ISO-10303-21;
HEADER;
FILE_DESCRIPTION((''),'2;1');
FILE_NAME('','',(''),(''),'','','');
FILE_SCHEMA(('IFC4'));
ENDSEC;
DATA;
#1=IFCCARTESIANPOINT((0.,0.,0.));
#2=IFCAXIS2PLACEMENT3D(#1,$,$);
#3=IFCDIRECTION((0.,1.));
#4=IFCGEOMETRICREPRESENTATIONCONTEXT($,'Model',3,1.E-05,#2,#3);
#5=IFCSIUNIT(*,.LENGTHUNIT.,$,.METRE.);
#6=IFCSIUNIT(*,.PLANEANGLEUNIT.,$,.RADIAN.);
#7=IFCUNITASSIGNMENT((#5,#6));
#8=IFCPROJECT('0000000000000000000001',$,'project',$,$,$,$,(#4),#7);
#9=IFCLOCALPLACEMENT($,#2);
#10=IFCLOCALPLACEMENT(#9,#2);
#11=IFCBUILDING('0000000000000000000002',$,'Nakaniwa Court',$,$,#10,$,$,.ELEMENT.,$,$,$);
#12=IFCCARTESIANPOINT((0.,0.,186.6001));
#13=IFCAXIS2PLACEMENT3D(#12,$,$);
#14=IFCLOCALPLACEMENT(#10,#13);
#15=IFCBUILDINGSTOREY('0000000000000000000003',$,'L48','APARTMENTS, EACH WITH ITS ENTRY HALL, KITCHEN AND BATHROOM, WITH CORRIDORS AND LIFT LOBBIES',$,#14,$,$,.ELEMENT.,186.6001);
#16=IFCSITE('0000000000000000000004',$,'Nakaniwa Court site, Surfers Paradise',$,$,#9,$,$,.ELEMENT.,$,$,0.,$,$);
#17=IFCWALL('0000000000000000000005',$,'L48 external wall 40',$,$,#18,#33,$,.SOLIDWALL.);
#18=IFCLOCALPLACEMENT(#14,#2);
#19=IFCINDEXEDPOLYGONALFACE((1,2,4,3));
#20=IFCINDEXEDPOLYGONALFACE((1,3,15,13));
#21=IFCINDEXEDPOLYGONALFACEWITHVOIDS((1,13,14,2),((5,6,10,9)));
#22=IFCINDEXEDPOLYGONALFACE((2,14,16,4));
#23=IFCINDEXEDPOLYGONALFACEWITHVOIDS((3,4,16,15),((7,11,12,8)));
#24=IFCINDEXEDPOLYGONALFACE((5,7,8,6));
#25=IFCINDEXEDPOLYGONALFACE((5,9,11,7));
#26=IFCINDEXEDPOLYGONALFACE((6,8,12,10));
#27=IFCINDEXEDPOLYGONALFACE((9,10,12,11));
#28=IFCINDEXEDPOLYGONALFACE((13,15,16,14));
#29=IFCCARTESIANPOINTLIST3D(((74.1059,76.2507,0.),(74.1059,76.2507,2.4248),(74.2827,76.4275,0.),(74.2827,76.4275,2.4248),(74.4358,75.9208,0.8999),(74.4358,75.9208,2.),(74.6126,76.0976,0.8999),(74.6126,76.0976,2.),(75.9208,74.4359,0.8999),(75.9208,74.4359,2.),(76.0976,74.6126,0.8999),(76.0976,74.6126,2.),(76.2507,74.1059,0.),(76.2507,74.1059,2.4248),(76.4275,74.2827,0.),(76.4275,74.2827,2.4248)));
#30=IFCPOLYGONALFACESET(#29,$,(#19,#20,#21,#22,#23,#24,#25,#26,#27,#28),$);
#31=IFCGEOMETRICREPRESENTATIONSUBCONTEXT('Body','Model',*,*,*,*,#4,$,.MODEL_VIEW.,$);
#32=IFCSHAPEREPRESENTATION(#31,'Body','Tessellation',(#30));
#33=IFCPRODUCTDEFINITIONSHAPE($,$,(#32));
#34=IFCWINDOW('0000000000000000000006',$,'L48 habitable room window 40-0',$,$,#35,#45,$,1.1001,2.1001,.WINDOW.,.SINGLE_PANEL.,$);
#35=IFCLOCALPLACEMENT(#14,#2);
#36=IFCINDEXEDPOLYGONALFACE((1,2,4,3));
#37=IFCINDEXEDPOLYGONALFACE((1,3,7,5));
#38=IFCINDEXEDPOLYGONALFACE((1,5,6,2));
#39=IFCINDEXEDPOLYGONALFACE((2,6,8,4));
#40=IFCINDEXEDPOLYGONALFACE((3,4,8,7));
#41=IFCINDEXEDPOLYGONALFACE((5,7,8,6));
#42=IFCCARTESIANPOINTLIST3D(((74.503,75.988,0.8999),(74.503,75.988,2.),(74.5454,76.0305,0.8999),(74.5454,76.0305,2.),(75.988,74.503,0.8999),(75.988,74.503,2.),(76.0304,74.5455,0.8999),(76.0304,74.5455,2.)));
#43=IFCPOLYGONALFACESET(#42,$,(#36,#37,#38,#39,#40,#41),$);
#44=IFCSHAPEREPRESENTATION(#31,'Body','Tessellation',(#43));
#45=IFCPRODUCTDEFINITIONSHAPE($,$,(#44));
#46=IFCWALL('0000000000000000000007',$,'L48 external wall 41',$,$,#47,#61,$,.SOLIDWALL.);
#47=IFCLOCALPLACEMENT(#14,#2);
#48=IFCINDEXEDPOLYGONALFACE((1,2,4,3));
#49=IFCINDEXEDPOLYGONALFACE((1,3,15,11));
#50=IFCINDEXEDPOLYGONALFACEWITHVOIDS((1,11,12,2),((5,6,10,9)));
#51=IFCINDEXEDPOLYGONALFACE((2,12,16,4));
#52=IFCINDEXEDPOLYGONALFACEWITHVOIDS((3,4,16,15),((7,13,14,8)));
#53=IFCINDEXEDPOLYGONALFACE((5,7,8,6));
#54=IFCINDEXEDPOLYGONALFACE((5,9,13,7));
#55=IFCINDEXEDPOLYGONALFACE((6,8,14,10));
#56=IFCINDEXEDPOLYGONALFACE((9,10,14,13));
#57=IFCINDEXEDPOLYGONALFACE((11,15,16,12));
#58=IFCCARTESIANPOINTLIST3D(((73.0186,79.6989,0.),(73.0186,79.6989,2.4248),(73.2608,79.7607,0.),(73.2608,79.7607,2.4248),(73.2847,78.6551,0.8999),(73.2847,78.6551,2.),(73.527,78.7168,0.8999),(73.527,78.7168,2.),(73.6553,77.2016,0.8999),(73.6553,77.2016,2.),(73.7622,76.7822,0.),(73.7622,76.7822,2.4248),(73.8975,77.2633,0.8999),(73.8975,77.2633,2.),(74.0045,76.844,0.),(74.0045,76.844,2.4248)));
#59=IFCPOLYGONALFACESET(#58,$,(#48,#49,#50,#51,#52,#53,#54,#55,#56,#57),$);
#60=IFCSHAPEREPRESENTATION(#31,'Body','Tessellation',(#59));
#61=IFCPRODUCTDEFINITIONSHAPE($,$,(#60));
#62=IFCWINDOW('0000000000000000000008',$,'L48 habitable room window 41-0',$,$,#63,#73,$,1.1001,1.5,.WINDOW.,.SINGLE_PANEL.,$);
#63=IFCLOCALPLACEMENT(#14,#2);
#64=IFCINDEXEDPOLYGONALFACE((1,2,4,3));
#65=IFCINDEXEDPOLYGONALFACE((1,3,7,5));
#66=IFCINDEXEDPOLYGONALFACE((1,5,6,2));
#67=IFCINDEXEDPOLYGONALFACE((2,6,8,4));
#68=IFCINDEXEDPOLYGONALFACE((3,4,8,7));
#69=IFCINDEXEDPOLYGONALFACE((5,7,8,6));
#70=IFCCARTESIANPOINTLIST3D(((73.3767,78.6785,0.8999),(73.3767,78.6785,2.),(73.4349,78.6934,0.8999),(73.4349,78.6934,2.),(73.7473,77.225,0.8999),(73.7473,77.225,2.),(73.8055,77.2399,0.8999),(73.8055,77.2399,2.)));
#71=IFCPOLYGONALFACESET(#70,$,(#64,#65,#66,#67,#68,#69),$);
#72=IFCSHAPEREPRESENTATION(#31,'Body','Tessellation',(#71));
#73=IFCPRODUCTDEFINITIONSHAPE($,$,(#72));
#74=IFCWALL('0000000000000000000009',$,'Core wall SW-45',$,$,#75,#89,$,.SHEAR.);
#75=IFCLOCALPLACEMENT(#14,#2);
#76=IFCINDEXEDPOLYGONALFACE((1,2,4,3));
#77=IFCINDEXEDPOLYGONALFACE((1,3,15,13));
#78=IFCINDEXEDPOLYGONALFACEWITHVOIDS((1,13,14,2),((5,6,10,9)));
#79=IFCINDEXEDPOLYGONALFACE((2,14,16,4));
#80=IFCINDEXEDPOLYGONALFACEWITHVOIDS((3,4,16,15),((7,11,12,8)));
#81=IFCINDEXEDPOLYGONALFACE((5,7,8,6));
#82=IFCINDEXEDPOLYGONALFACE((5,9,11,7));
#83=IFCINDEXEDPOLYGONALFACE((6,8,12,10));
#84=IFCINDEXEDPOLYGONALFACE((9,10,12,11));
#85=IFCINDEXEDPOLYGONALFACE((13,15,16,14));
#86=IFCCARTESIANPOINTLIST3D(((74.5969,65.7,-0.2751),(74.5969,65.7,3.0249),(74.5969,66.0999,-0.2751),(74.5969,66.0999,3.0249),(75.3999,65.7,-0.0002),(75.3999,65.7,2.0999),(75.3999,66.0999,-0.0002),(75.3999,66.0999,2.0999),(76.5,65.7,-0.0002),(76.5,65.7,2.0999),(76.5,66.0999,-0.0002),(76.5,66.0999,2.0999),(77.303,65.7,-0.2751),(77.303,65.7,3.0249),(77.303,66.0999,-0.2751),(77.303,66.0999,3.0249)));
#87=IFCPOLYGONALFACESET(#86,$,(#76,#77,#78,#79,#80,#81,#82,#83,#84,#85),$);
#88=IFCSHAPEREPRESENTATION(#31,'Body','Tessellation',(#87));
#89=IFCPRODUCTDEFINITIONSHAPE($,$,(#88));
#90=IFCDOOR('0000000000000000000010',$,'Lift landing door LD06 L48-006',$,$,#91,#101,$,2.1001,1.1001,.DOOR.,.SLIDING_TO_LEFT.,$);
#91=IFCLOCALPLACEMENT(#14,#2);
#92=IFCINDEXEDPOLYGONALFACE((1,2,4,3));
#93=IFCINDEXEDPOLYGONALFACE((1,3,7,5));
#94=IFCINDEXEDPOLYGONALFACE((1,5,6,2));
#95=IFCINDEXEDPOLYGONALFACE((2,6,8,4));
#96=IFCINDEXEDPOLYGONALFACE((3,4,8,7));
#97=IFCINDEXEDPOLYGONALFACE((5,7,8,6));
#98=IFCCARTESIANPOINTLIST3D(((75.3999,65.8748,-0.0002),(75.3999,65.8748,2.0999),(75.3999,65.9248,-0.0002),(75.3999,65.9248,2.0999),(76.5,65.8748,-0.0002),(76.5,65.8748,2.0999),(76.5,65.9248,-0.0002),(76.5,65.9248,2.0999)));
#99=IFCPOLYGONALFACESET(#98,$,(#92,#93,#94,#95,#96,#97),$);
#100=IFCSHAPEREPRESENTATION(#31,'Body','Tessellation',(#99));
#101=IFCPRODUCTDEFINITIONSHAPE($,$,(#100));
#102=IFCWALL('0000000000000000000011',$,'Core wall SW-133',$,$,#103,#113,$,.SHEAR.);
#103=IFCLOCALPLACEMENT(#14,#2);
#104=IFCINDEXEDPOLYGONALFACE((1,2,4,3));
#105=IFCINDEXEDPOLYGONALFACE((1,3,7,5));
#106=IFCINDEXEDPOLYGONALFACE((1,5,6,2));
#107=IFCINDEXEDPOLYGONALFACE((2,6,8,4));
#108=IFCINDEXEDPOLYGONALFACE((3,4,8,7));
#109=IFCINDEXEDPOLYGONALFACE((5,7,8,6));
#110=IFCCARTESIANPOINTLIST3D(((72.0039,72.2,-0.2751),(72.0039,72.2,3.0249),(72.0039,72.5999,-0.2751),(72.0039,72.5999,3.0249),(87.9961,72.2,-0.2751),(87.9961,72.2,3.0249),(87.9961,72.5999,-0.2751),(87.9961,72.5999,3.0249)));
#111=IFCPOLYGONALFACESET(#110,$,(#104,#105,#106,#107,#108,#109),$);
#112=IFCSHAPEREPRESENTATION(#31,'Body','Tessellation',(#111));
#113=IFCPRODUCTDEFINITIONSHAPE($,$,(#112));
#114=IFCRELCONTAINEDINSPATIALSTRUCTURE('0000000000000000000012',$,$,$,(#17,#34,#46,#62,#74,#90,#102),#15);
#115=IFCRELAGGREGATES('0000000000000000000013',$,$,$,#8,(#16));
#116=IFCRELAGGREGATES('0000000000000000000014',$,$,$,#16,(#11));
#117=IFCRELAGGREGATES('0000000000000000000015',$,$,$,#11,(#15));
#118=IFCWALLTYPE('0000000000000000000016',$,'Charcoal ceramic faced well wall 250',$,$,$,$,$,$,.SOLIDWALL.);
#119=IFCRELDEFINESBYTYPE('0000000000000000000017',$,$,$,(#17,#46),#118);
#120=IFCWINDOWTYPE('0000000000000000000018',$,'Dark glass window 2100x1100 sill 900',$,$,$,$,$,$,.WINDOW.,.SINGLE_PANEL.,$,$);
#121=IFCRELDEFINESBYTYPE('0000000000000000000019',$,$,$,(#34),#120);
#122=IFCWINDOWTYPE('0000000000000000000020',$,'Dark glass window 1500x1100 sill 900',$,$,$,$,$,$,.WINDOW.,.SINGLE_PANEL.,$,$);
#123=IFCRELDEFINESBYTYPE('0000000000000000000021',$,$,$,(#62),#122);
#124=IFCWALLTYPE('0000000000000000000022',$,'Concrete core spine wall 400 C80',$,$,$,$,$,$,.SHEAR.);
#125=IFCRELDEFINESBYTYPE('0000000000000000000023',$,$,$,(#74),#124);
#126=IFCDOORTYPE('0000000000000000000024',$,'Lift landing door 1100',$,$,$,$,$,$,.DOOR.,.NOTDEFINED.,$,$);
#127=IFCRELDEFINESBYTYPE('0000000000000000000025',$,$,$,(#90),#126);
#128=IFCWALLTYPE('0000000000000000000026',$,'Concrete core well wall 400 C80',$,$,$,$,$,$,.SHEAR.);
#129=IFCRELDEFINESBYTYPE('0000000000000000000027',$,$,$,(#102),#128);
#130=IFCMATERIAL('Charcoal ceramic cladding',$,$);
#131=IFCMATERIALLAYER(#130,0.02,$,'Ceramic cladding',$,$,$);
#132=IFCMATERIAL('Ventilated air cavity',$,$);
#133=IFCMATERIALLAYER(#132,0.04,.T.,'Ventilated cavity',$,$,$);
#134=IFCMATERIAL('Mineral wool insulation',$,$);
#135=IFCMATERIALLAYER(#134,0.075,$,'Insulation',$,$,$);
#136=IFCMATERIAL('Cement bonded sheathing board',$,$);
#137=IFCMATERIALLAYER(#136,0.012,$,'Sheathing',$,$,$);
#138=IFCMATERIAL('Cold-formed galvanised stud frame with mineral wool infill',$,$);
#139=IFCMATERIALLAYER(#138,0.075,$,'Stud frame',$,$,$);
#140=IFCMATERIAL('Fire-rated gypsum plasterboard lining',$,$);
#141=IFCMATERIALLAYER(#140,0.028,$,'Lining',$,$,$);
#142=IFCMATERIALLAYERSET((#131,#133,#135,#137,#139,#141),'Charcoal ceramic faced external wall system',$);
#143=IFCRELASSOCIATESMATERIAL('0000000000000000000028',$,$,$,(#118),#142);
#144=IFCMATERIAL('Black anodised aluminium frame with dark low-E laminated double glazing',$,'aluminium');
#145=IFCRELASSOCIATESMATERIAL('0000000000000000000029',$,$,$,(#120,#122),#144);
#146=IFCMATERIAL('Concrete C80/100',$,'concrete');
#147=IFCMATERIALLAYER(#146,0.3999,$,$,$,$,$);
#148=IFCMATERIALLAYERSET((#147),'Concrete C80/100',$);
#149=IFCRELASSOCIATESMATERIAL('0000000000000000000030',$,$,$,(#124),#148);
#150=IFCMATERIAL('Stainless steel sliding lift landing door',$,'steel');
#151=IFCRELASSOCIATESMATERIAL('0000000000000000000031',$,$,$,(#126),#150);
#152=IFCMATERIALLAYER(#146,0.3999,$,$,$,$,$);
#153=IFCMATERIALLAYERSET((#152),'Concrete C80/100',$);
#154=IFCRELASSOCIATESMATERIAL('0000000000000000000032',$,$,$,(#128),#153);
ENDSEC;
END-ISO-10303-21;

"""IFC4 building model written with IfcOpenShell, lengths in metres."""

from ifc_helpers import new_model, si_unit, direction, frame, frame_2d, origin, place, context, subcontext, project, spatial, rectangle, extrude, material, layer, layer_set, type_object, element, fill, save


model = new_model("IFC4")

# Units and contexts
model_context = context("Model", 3, precision=1e-05, world=origin(), true_north=direction((0.0, 1.0)))
body_context = subcontext(model_context, "Body", "Model", "MODEL_VIEW")
ifc_project = project(units=[si_unit("LENGTHUNIT", "METRE"), si_unit("PLANEANGLEUNIT", "RADIAN")], contexts=[model_context])

# Site, building, storey
site_placement = place(None, origin())
site = spatial("IfcSite", under=ifc_project, at=site_placement, Name="Nakaniwa Court site, Surfers Paradise", CompositionType="ELEMENT", RefElevation=0.0)
building_placement = place(site_placement, origin())
building = spatial("IfcBuilding", under=site, at=building_placement, Name="Nakaniwa Court", CompositionType="ELEMENT")
storey_placement = place(building_placement, frame((0.0, 0.0, 186.6001)))
storey = spatial("IfcBuildingStorey", under=building, at=storey_placement, Name="L48", Description="APARTMENTS, EACH WITH ITS ENTRY HALL, KITCHEN AND BATHROOM, WITH CORRIDORS AND LIFT LOBBIES", CompositionType="ELEMENT", Elevation=186.6001)

# Shared definitions
ifc_material_1 = material(Name="Concrete C80/100", Category="concrete")

# Walls, openings, windows
ifc_material_2 = material(Name="Charcoal ceramic cladding")
ifc_layer_1 = layer(ifc_material_2, 0.02, Name="Ceramic cladding")
ifc_material_3 = material(Name="Ventilated air cavity")
ifc_layer_2 = layer(ifc_material_3, 0.04, ventilated=True, Name="Ventilated cavity")
ifc_material_4 = material(Name="Mineral wool insulation")
ifc_layer_3 = layer(ifc_material_4, 0.075, Name="Insulation")
ifc_material_5 = material(Name="Cement bonded sheathing board")
ifc_layer_4 = layer(ifc_material_5, 0.012, Name="Sheathing")
ifc_material_6 = material(Name="Cold-formed galvanised stud frame with mineral wool infill")
ifc_layer_5 = layer(ifc_material_6, 0.075, Name="Stud frame")
ifc_material_7 = material(Name="Fire-rated gypsum plasterboard lining")
ifc_layer_6 = layer(ifc_material_7, 0.028, Name="Lining")
ifc_layer_set_1 = layer_set([ifc_layer_1, ifc_layer_2, ifc_layer_3, ifc_layer_4, ifc_layer_5, ifc_layer_6], Name="Charcoal ceramic faced external wall system")
wall_type_1 = type_object("IfcWallType", Name="Charcoal ceramic faced well wall 250", PredefinedType="SOLIDWALL", material=ifc_layer_set_1)
wall_1_placement = place(storey_placement, frame((76.3391, 74.1943, 0.0), z_axis=(0.0, 0.0, 1.0), x_axis=(-0.707107, 0.707107, 0.0)))
wall_1 = element("IfcWall", 1, at=wall_1_placement, inside=storey, type_object=wall_type_1, Name="L48 external wall 40", PredefinedType="SOLIDWALL", context=body_context, shape_type="SweptSolid", body=[
    extrude(rectangle(XDim=3.0332, YDim=0.25, at=frame_2d((1.5166, 0.0))), origin(), (0.0, 0.0, 1.0), 2.4248),
])
opening_1_placement = place(wall_1_placement, frame((0.4666, 0.0, 0.8999)))
opening_1 = element("IfcOpeningElement", 2, at=opening_1_placement, cuts=wall_1, PredefinedType="OPENING", context=body_context, shape_type="SweptSolid", body=[
    extrude(rectangle(XDim=2.1001, YDim=1.1001, at=frame_2d((1.05, 0.55))), frame((0.0, 0.135, 0.0), z_axis=(0.0, -1.0, 0.0), x_axis=(1.0, 0.0, 0.0)), (0.0, 0.0, 1.0), 0.27),
])
ifc_material_8 = material(Name="Black anodised aluminium frame with dark low-E laminated double glazing", Category="aluminium")
window_type_1 = type_object("IfcWindowType", Name="Dark glass window 2100x1100 sill 900", PartitioningType="SINGLE_PANEL", PredefinedType="WINDOW", material=ifc_material_8)
window_1_placement = place(opening_1_placement, origin())
window_1 = element("IfcWindow", 3, at=window_1_placement, inside=storey, type_object=window_type_1, Name="L48 habitable room window 40-0", OverallHeight=1.1001, OverallWidth=2.1001, PartitioningType="SINGLE_PANEL", PredefinedType="WINDOW", context=body_context, shape_type="SweptSolid", body=[
    extrude(rectangle(XDim=2.1001, YDim=1.1001, at=frame_2d((1.05, 0.55))), frame((0.0, 0.03, 0.0), z_axis=(0.0, -1.0, 0.0), x_axis=(1.0, 0.0, 0.0)), (0.0, 0.0, 1.0), 0.0601),
])
fill(opening_1, window_1)
wall_2_placement = place(storey_placement, frame((73.8833, 76.8132, 0.0), z_axis=(0.0, 0.0, 1.0), x_axis=(-0.247056, 0.969001, 0.0)))
wall_2 = element("IfcWall", 4, at=wall_2_placement, inside=storey, type_object=wall_type_1, Name="L48 external wall 41", PredefinedType="SOLIDWALL", context=body_context, shape_type="SweptSolid", body=[
    extrude(rectangle(XDim=3.01, YDim=0.25, at=frame_2d((1.5049, 0.0))), origin(), (0.0, 0.0, 1.0), 2.4248),
])
opening_2_placement = place(wall_2_placement, frame((0.4326, 0.0, 0.8999)))
opening_2 = element("IfcOpeningElement", 5, at=opening_2_placement, cuts=wall_2, PredefinedType="OPENING", context=body_context, shape_type="SweptSolid", body=[
    extrude(rectangle(XDim=1.5, YDim=1.1001, at=frame_2d((0.75, 0.55))), frame((0.0, 0.135, 0.0), z_axis=(0.0, -1.0, 0.0), x_axis=(1.0, 0.0, 0.0)), (0.0, 0.0, 1.0), 0.27),
])
window_type_2 = type_object("IfcWindowType", Name="Dark glass window 1500x1100 sill 900", PartitioningType="SINGLE_PANEL", PredefinedType="WINDOW", material=ifc_material_8)
window_2_placement = place(opening_2_placement, origin())
window_2 = element("IfcWindow", 6, at=window_2_placement, inside=storey, type_object=window_type_2, Name="L48 habitable room window 41-0", OverallHeight=1.1001, OverallWidth=1.5, PartitioningType="SINGLE_PANEL", PredefinedType="WINDOW", context=body_context, shape_type="SweptSolid", body=[
    extrude(rectangle(XDim=1.5, YDim=1.1001, at=frame_2d((0.75, 0.55))), frame((0.0, 0.03, 0.0), z_axis=(0.0, -1.0, 0.0), x_axis=(1.0, 0.0, 0.0)), (0.0, 0.0, 1.0), 0.0601),
])
fill(opening_2, window_2)

# Wall, opening, door
ifc_layer_7 = layer(ifc_material_1, 0.3999)
ifc_layer_set_2 = layer_set([ifc_layer_7], Name="Concrete C80/100")
wall_type_2 = type_object("IfcWallType", Name="Concrete core spine wall 400 C80", PredefinedType="SHEAR", material=ifc_layer_set_2)
wall_3_placement = place(storey_placement, frame((74.5969, 65.8999, -0.2751), z_axis=(0.0, 0.0, 1.0), x_axis=(1.0, 0.0, 0.0)))
wall_3 = element("IfcWall", 7, at=wall_3_placement, inside=storey, type_object=wall_type_2, Name="Core wall SW-45", PredefinedType="SHEAR", context=body_context, shape_type="SweptSolid", body=[
    extrude(rectangle(XDim=2.7061, YDim=0.3999, at=frame_2d((1.353, 0.0))), origin(), (0.0, 0.0, 1.0), 3.3),
])
opening_3_placement = place(wall_3_placement, frame((0.803, 0.0, 0.2749)))
opening_3 = element("IfcOpeningElement", 8, at=opening_3_placement, cuts=wall_3, PredefinedType="OPENING", context=body_context, shape_type="SweptSolid", body=[
    extrude(rectangle(XDim=1.1001, YDim=2.1001, at=frame_2d((0.55, 1.05))), frame((0.0, 0.21, 0.0), z_axis=(0.0, -1.0, 0.0), x_axis=(1.0, 0.0, 0.0)), (0.0, 0.0, 1.0), 0.4199),
])
ifc_material_9 = material(Name="Stainless steel sliding lift landing door", Category="steel")
door_type_1 = type_object("IfcDoorType", Name="Lift landing door 1100", OperationType="NOTDEFINED", PredefinedType="DOOR", material=ifc_material_9)
door_1_placement = place(opening_3_placement, origin())
door_1 = element("IfcDoor", 9, at=door_1_placement, inside=storey, type_object=door_type_1, Name="Lift landing door LD06 L48-006", OperationType="SLIDING_TO_LEFT", OverallHeight=2.1001, OverallWidth=1.1001, PredefinedType="DOOR", context=body_context, shape_type="SweptSolid", body=[
    extrude(rectangle(XDim=1.1001, YDim=2.1001, at=frame_2d((0.55, 1.05))), frame((0.0, 0.0249, 0.0), z_axis=(0.0, -1.0, 0.0), x_axis=(1.0, 0.0, 0.0)), (0.0, 0.0, 1.0), 0.05),
])
fill(opening_3, door_1)

# Wall
ifc_layer_8 = layer(ifc_material_1, 0.3999)
ifc_layer_set_3 = layer_set([ifc_layer_8], Name="Concrete C80/100")
wall_type_3 = type_object("IfcWallType", Name="Concrete core well wall 400 C80", PredefinedType="SHEAR", material=ifc_layer_set_3)
wall_4_placement = place(storey_placement, frame((72.0039, 72.3999, -0.2751), z_axis=(0.0, 0.0, 1.0), x_axis=(1.0, 0.0, 0.0)))
element("IfcWall", 10, at=wall_4_placement, inside=storey, type_object=wall_type_3, Name="Core wall SW-133", PredefinedType="SHEAR", context=body_context, shape_type="SweptSolid", body=[
    extrude(rectangle(XDim=15.9922, YDim=0.3999, at=frame_2d((7.9961, 0.0))), origin(), (0.0, 0.0, 1.0), 3.3),
])

save(model, "model.ifc")
